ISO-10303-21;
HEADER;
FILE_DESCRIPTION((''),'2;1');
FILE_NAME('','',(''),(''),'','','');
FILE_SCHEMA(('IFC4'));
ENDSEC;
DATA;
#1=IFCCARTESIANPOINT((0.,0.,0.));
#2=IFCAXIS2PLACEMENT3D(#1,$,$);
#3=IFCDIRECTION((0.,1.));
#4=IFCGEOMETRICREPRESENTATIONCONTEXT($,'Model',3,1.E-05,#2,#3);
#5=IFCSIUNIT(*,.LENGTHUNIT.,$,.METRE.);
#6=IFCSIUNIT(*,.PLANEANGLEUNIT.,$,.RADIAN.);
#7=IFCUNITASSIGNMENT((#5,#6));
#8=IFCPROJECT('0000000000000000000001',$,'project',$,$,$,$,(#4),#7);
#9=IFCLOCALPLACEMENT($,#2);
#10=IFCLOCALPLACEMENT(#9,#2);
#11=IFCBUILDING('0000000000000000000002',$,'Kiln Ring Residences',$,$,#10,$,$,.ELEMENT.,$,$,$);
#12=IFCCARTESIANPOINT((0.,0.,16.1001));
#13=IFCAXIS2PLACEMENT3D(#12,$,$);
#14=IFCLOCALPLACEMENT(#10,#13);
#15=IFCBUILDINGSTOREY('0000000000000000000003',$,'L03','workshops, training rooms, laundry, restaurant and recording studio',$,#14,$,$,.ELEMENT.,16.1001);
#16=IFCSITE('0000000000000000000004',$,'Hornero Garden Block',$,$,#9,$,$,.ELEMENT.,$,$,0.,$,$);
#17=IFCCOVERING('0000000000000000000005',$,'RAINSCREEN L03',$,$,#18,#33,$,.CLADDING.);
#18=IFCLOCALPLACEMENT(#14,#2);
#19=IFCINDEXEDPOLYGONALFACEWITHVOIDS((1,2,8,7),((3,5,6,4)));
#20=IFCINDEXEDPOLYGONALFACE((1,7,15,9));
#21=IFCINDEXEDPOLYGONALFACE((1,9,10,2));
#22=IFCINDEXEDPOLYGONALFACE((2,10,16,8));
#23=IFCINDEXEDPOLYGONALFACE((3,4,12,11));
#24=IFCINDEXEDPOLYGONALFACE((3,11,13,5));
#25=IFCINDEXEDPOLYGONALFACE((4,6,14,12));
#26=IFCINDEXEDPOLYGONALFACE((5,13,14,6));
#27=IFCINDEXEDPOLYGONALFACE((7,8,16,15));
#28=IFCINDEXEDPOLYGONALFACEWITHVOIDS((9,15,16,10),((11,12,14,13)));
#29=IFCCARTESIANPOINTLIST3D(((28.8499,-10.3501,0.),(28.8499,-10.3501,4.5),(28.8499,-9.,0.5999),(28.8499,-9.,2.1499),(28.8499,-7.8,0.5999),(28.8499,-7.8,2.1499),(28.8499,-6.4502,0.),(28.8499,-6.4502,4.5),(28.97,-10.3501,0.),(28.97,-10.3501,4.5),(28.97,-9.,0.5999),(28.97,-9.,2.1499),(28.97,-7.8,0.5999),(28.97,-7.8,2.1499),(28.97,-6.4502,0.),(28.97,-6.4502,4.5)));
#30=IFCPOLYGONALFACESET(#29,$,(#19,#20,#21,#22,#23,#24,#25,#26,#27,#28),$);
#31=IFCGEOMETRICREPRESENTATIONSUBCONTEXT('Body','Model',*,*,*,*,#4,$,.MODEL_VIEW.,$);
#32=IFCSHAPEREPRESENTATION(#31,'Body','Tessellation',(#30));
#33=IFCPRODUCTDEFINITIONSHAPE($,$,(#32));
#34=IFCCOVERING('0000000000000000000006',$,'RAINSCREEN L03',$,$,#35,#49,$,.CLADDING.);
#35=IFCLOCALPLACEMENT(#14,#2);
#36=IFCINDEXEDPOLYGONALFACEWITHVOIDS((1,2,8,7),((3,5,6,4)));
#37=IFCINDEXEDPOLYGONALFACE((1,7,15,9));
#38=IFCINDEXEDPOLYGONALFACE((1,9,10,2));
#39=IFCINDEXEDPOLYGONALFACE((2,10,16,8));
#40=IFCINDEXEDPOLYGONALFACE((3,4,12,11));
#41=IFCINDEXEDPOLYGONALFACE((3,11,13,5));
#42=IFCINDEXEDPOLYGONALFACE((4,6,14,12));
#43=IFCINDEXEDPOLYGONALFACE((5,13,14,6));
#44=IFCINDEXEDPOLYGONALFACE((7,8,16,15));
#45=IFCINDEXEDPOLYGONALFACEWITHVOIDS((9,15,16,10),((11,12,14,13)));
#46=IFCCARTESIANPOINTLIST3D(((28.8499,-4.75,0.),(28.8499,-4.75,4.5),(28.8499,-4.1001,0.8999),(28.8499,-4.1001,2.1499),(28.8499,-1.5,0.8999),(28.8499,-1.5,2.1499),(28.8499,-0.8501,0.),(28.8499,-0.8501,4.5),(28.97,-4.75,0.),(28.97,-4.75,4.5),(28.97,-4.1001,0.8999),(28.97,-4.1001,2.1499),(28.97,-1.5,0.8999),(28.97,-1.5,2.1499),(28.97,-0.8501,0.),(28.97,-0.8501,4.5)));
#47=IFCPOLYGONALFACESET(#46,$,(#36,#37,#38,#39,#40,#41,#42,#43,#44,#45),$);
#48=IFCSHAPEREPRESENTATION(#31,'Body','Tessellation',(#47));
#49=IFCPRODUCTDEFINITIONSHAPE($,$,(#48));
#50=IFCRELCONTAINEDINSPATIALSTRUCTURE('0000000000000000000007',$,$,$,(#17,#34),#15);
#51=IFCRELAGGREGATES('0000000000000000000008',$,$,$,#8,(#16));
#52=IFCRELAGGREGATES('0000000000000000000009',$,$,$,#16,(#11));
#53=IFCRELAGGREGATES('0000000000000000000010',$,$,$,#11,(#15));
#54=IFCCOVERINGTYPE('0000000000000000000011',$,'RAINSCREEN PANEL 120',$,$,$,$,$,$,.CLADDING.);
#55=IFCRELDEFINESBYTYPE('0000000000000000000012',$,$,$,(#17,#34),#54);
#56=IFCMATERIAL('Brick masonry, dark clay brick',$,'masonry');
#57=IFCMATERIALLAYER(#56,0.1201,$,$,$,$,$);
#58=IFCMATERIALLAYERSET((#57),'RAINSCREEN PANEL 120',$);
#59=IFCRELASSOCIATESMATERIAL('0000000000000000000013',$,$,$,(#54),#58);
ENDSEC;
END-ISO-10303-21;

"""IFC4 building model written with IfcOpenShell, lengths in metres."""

from ifc_helpers import new_model, si_unit, direction, frame, origin, place, context, subcontext, project, spatial, polyline, outline, extrude, material, layer, layer_set, type_object, element, save


model = new_model("IFC4")

# Units and contexts
model_context = context("Model", 3, precision=1e-05, world=origin(), true_north=direction((0.0, 1.0)))
body_context = subcontext(model_context, "Body", "Model", "MODEL_VIEW")
ifc_project = project(units=[si_unit("LENGTHUNIT", "METRE"), si_unit("PLANEANGLEUNIT", "RADIAN")], contexts=[model_context])

# Site, building, storey
site_placement = place(None, origin())
site = spatial("IfcSite", under=ifc_project, at=site_placement, Name="Hornero Garden Block", CompositionType="ELEMENT", RefElevation=0.0)
building_placement = place(site_placement, origin())
building = spatial("IfcBuilding", under=site, at=building_placement, Name="Kiln Ring Residences", CompositionType="ELEMENT")
storey_placement = place(building_placement, frame((0.0, 0.0, 16.1001)))
storey = spatial("IfcBuildingStorey", under=building, at=storey_placement, Name="L03", Description="workshops, training rooms, laundry, restaurant and recording studio", CompositionType="ELEMENT", Elevation=16.1001)

# Coverings
ifc_material_1 = material(Name="Brick masonry, dark clay brick", Category="masonry")
ifc_layer_1 = layer(ifc_material_1, 0.1201)
ifc_layer_set_1 = layer_set([ifc_layer_1], Name="RAINSCREEN PANEL 120")
covering_type = type_object("IfcCoveringType", Name="RAINSCREEN PANEL 120", PredefinedType="CLADDING", material=ifc_layer_set_1)
covering_1_placement = place(storey_placement, frame((28.9099, -10.3501, 0.0), z_axis=(0.0, 0.0, 1.0), x_axis=(0.0, 1.0, 0.0)))
element("IfcCovering", 1, at=covering_1_placement, inside=storey, type_object=covering_type, Name="RAINSCREEN L03", PredefinedType="CLADDING", context=body_context, shape_type="SweptSolid", body=[
    extrude(outline(polyline([(0.0, 0.0), (3.8999, 0.0), (3.8999, 4.5), (0.0, 4.5), (0.0, 0.0)]), holes=[polyline([(1.3501, 2.1499), (1.3501, 0.5999), (2.55, 0.5999), (2.55, 2.1499), (1.3501, 2.1499)])]), frame((0.0, 0.0601, 0.0), z_axis=(0.0, -1.0, 0.0), x_axis=(1.0, 0.0, 0.0)), (0.0, 0.0, 1.0), 0.1201),
])
covering_2_placement = place(storey_placement, frame((28.9099, -4.75, 0.0), z_axis=(0.0, 0.0, 1.0), x_axis=(0.0, 1.0, 0.0)))
element("IfcCovering", 2, at=covering_2_placement, inside=storey, type_object=covering_type, Name="RAINSCREEN L03", PredefinedType="CLADDING", context=body_context, shape_type="SweptSolid", body=[
    extrude(outline(polyline([(0.0, 0.0), (3.8999, 0.0), (3.8999, 4.5), (0.0, 4.5), (0.0, 0.0)]), holes=[polyline([(0.6499, 2.1499), (0.6499, 0.8999), (3.25, 0.8999), (3.25, 2.1499), (0.6499, 2.1499)])]), frame((0.0, 0.0601, 0.0), z_axis=(0.0, -1.0, 0.0), x_axis=(1.0, 0.0, 0.0)), (0.0, 0.0, 1.0), 0.1201),
])

save(model, "model.ifc")
